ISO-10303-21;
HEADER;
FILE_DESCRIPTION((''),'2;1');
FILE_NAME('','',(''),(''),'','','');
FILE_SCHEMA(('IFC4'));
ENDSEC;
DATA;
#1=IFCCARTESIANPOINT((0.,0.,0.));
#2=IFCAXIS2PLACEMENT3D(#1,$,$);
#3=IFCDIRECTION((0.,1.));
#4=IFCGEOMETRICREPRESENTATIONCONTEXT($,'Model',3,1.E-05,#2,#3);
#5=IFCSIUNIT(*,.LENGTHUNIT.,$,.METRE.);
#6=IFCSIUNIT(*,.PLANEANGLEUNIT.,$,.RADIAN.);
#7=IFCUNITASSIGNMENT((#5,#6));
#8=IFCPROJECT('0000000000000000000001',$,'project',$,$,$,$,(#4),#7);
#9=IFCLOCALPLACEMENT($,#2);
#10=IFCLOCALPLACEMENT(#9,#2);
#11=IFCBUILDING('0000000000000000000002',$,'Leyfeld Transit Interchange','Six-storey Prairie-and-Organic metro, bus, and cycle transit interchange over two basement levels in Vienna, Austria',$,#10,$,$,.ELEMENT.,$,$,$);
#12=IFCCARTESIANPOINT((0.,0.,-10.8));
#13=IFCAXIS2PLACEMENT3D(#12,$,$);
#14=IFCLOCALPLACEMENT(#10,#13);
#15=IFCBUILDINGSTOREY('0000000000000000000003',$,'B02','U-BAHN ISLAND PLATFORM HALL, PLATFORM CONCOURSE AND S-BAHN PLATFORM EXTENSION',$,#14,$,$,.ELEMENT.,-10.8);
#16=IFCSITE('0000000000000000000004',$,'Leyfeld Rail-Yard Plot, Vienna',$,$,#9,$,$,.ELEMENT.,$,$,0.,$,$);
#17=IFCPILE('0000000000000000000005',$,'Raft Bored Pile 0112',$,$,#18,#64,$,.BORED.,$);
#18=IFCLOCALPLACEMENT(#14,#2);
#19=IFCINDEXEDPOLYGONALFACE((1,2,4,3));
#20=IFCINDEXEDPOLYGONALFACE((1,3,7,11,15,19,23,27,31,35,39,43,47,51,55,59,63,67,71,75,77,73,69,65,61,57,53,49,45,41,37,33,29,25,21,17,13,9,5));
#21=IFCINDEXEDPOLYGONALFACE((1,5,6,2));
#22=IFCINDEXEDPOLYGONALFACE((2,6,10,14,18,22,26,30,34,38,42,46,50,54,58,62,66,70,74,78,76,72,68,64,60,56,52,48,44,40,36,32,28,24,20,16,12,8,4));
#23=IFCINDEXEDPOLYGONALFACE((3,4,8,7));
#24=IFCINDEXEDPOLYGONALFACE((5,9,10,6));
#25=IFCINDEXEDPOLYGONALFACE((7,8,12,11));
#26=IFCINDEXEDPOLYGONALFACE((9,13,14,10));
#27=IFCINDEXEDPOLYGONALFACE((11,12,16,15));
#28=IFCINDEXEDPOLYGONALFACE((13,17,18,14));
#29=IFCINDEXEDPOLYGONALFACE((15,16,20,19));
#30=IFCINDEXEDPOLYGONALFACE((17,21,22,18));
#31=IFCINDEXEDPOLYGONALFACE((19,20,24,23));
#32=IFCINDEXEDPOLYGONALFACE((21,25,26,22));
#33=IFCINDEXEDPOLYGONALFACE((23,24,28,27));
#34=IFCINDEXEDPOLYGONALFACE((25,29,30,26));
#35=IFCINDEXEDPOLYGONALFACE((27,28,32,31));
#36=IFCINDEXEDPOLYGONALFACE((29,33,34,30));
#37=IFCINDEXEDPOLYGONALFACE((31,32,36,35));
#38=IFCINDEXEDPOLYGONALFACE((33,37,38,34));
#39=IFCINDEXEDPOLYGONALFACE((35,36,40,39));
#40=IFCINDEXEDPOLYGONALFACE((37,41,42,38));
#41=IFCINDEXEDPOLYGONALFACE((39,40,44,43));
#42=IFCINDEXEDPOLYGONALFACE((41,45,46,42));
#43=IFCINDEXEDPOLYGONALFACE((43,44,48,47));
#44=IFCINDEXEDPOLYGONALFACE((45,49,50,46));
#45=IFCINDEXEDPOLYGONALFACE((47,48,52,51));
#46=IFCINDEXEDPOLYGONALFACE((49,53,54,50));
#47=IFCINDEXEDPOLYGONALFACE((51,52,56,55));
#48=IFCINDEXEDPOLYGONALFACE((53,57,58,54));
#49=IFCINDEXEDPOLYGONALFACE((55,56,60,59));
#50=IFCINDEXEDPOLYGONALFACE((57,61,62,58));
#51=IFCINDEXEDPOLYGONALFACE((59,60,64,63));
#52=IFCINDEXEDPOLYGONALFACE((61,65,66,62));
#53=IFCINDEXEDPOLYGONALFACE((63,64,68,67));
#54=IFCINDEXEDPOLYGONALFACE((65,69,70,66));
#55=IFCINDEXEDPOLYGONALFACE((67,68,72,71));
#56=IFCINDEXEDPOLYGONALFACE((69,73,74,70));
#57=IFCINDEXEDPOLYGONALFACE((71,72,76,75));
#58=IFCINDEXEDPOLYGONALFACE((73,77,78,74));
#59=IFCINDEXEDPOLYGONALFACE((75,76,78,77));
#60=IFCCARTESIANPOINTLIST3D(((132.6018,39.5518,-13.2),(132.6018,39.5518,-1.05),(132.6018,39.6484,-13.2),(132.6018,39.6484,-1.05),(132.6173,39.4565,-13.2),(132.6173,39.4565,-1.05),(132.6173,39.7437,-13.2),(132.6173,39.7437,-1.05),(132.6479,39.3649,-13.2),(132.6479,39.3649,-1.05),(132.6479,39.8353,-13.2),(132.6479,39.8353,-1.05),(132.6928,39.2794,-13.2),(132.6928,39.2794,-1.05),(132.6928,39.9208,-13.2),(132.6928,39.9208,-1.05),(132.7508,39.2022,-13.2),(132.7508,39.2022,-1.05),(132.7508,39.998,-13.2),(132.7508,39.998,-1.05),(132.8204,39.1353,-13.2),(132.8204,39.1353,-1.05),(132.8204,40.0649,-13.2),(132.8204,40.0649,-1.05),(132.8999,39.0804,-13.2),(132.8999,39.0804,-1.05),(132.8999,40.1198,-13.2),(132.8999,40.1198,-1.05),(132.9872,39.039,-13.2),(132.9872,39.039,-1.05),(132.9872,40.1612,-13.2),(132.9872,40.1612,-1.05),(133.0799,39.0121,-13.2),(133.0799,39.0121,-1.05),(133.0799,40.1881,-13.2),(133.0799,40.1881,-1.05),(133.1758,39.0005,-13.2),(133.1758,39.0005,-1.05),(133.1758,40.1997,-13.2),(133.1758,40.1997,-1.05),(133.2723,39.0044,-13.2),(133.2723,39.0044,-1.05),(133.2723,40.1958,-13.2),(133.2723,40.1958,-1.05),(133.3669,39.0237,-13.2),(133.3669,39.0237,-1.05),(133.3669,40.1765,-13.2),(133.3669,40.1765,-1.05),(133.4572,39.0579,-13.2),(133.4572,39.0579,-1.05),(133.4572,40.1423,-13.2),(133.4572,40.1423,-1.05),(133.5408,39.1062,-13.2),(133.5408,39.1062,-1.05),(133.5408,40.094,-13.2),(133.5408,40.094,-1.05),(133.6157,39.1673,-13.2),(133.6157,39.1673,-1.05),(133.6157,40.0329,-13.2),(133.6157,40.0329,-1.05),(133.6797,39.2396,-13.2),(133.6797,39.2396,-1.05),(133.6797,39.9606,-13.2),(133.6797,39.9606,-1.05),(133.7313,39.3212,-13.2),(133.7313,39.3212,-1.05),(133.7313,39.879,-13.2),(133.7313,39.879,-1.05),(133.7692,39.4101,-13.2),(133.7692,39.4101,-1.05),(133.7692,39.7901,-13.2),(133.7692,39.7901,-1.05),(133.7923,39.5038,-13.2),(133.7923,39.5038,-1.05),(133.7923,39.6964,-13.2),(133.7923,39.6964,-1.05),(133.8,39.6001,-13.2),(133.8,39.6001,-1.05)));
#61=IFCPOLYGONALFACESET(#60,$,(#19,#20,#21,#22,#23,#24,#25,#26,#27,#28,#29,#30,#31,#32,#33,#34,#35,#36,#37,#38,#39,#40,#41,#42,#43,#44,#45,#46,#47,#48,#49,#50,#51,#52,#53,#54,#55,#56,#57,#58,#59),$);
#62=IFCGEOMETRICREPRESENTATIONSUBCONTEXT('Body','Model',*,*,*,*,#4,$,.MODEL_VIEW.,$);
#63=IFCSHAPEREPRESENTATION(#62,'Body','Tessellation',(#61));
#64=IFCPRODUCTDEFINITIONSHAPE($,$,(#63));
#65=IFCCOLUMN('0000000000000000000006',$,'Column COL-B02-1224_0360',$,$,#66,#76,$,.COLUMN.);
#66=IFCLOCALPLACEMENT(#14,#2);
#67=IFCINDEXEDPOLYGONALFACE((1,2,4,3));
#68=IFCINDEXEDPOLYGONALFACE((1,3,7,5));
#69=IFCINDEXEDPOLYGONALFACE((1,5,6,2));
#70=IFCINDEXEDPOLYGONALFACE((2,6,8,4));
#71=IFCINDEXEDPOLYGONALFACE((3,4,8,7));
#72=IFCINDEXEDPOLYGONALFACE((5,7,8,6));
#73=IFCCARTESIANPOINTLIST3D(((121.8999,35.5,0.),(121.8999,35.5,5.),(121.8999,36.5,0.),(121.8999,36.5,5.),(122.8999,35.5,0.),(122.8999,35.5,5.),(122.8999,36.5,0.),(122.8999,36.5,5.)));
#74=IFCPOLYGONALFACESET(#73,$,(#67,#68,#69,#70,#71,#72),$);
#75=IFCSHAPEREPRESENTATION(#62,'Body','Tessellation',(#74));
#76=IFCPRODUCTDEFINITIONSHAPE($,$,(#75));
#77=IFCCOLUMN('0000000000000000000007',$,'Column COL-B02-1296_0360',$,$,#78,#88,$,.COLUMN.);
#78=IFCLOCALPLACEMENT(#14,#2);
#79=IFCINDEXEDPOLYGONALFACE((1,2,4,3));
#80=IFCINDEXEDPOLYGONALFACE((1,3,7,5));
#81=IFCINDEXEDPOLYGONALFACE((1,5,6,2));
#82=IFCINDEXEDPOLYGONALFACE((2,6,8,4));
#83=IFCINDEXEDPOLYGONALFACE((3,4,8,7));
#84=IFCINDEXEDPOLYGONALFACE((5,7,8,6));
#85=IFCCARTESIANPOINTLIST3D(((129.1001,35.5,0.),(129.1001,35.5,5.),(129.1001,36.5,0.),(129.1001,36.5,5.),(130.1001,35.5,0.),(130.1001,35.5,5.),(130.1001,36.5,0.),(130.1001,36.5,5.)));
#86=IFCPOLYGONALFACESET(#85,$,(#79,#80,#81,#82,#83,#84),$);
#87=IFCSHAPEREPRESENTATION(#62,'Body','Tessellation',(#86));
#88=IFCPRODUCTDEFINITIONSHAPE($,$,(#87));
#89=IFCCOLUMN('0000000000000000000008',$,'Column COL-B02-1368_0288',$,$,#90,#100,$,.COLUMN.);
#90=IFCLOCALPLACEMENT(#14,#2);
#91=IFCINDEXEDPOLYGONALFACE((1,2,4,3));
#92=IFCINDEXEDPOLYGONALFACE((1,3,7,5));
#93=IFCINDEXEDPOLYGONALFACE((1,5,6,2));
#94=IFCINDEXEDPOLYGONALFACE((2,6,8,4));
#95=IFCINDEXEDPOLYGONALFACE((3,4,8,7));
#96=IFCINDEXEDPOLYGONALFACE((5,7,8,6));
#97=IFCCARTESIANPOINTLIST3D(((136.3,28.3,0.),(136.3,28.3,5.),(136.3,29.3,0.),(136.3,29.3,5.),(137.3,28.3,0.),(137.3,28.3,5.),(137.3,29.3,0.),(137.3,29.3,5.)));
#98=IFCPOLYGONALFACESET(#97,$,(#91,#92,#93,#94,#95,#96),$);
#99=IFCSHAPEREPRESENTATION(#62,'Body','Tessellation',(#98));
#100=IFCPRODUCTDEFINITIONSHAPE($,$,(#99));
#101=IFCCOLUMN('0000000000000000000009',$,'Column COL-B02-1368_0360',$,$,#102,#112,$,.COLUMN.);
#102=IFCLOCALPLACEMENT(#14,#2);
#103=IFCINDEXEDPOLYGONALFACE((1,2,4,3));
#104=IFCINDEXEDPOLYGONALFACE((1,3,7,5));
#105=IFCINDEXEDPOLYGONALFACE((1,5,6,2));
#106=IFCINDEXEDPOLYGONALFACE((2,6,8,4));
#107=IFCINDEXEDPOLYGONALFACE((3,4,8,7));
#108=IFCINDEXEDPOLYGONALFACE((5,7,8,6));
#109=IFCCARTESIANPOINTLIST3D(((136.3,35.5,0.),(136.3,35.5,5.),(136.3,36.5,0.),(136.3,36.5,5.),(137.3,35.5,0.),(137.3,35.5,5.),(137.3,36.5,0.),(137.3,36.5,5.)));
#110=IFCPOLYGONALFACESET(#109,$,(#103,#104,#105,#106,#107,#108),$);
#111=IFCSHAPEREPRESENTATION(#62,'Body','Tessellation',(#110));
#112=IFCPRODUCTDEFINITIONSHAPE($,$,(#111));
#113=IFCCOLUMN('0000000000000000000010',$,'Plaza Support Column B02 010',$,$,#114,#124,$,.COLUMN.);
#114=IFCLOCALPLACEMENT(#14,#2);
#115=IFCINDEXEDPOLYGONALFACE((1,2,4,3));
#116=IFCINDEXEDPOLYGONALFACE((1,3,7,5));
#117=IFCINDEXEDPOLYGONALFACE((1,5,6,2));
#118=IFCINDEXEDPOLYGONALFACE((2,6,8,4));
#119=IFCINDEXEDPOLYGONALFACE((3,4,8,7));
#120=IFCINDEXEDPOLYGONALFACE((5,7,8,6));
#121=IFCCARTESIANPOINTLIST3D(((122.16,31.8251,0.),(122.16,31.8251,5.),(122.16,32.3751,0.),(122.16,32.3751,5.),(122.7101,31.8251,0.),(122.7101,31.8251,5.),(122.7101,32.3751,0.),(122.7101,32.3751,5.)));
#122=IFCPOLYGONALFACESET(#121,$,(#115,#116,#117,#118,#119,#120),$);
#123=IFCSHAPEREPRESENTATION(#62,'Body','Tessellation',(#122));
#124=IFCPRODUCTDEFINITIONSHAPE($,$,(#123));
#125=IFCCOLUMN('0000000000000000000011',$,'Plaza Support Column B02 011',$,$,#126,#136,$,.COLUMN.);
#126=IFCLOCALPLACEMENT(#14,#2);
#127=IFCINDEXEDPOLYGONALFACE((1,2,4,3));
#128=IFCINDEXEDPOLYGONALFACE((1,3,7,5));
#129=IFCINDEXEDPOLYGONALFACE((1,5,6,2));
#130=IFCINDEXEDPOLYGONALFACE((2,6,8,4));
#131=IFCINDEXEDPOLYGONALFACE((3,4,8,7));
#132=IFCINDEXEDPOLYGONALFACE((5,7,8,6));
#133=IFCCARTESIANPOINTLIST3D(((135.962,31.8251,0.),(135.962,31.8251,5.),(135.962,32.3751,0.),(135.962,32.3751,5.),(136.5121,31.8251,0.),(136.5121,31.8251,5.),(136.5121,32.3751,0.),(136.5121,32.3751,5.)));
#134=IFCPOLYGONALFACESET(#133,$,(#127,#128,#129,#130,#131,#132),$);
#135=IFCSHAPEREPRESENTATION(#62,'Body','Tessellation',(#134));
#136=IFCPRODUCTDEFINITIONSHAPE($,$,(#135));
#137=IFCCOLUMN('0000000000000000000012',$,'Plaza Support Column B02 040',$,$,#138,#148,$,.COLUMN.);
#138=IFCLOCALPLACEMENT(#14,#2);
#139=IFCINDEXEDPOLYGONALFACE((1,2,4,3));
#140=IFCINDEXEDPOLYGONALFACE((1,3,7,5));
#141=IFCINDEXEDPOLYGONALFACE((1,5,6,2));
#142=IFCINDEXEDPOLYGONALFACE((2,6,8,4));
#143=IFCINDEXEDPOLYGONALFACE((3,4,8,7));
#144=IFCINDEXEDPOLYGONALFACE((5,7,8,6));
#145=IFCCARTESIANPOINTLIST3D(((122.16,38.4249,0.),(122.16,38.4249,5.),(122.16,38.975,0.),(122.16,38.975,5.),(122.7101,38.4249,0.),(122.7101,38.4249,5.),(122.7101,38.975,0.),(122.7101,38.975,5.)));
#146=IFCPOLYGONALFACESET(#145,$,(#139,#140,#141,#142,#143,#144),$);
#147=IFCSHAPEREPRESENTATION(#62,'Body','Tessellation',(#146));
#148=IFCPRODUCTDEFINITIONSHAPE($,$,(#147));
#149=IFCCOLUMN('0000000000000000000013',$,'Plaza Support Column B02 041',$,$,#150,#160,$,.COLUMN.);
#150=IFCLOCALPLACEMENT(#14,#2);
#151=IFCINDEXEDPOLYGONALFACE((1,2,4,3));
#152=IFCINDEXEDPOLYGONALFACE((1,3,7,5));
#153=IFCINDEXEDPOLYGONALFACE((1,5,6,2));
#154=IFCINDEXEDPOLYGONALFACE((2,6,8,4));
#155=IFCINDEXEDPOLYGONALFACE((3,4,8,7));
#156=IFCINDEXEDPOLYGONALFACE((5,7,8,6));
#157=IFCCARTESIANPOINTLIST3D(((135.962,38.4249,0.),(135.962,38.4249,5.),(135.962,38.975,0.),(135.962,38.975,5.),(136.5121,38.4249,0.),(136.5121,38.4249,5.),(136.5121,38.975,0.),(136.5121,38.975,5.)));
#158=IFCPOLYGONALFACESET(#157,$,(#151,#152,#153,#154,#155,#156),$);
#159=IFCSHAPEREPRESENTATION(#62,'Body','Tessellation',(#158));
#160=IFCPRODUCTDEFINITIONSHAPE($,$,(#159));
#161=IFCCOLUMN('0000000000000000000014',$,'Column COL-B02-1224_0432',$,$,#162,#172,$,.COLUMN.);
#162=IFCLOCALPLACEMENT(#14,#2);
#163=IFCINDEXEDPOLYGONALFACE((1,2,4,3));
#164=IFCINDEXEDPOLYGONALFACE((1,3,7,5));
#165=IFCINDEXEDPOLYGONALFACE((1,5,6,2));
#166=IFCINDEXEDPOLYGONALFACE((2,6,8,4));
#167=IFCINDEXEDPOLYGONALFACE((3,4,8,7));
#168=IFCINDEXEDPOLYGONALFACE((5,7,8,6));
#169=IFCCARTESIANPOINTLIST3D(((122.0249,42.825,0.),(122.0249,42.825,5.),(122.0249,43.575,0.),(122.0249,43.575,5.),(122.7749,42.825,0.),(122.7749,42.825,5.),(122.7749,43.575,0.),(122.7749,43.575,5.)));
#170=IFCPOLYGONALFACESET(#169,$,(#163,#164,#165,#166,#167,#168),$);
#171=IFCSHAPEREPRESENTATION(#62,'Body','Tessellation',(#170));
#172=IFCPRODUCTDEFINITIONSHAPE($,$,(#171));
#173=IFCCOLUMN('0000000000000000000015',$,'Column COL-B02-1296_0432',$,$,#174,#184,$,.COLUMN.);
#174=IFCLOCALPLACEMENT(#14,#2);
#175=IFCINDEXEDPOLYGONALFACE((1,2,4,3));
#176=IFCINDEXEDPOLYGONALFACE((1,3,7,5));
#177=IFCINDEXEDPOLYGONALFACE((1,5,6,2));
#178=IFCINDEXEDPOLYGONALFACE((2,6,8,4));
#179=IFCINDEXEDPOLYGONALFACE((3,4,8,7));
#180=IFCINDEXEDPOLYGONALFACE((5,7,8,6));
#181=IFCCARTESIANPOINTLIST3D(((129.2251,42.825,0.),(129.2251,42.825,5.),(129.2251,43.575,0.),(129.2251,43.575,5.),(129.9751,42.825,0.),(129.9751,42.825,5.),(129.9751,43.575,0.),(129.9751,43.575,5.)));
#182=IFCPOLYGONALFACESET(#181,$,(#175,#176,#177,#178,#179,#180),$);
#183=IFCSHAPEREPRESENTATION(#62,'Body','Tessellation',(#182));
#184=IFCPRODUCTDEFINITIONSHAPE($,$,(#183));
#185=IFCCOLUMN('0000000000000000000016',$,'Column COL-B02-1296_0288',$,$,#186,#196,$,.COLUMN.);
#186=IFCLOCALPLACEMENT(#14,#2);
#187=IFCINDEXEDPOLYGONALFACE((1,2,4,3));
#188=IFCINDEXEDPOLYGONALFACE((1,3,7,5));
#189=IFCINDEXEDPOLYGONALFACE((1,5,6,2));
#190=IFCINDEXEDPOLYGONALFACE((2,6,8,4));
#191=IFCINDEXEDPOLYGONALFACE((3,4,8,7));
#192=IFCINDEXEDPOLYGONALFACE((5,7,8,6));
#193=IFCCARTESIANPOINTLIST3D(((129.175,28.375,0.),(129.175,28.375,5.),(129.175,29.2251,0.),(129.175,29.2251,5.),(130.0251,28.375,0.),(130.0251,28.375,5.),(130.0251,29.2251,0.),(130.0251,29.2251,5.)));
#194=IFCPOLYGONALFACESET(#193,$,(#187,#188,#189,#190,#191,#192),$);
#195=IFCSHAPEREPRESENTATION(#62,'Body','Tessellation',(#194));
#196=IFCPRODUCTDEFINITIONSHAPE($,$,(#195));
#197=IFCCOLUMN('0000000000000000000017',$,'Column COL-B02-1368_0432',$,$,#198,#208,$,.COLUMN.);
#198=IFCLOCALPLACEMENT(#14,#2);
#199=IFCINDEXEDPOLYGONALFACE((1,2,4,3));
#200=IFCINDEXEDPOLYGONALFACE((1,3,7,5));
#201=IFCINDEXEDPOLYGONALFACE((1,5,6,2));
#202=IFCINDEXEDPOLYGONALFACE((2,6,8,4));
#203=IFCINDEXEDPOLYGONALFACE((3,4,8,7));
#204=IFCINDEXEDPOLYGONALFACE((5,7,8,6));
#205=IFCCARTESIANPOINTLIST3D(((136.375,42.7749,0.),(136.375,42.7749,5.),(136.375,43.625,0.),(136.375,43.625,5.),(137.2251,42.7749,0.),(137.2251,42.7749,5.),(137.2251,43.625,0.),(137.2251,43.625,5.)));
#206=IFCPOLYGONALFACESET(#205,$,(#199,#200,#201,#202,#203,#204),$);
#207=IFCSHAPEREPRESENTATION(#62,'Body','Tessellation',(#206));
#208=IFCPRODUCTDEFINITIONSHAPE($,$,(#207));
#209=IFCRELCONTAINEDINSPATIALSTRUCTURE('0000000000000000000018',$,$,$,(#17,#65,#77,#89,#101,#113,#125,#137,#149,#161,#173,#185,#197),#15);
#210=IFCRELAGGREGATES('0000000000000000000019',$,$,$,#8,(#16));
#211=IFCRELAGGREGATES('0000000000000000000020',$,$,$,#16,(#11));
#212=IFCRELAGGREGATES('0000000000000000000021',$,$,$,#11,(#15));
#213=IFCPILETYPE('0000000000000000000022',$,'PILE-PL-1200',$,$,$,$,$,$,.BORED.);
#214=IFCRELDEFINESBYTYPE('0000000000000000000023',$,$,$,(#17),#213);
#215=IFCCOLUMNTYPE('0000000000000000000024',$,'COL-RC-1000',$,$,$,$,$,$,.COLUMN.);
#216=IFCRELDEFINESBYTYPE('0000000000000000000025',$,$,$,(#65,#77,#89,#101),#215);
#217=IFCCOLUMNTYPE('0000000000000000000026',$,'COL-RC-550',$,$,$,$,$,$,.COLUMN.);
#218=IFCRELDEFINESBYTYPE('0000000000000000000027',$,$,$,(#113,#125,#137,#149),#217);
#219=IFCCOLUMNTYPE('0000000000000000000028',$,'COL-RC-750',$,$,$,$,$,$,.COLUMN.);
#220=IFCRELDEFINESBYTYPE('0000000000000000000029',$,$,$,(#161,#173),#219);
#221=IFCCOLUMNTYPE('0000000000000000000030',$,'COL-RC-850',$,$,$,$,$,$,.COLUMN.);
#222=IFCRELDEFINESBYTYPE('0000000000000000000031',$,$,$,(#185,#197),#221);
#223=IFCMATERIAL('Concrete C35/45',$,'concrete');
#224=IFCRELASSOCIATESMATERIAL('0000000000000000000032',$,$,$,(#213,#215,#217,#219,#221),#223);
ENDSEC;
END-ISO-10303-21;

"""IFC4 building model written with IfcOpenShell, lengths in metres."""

from ifc_helpers import new_model, si_unit, direction, frame, origin, origin_2d, place, context, subcontext, project, spatial, rectangle, circle, extrude, material, material_profile, profile_set, type_object, element, save


model = new_model("IFC4")

# Units and contexts
model_context = context("Model", 3, precision=1e-05, world=origin(), true_north=direction((0.0, 1.0)))
body_context = subcontext(model_context, "Body", "Model", "MODEL_VIEW")
ifc_project = project(units=[si_unit("LENGTHUNIT", "METRE"), si_unit("PLANEANGLEUNIT", "RADIAN")], contexts=[model_context])

# Site, building, storey
site_placement = place(None, origin())
site = spatial("IfcSite", under=ifc_project, at=site_placement, Name="Leyfeld Rail-Yard Plot, Vienna", CompositionType="ELEMENT", RefElevation=0.0)
building_placement = place(site_placement, origin())
building = spatial("IfcBuilding", under=site, at=building_placement, Name="Leyfeld Transit Interchange", Description="Six-storey Prairie-and-Organic metro, bus, and cycle transit interchange over two basement levels in Vienna, Austria", CompositionType="ELEMENT")
storey_placement = place(building_placement, frame((0.0, 0.0, -10.8)))
storey = spatial("IfcBuildingStorey", under=building, at=storey_placement, Name="B02", Description="U-BAHN ISLAND PLATFORM HALL, PLATFORM CONCOURSE AND S-BAHN PLATFORM EXTENSION", CompositionType="ELEMENT", Elevation=-10.8)

# Pile
ifc_material = material(Name="Concrete C35/45", Category="concrete")
ifc_material_profile_1 = material_profile(ifc_material, circle(Radius=0.6001, at=origin_2d()), Name="PILE D1200")
ifc_profile_set_1 = profile_set([ifc_material_profile_1], Name="Concrete C35/45")
pile_type = type_object("IfcPileType", Name="PILE-PL-1200", PredefinedType="BORED", material=ifc_profile_set_1)
for number, where, z_axis, x_axis, name in (
    (1, (133.2, 39.6001, -1.05), (0.0, 0.0, -1.0), (1.0, 0.0, 0.0), "Raft Bored Pile 0112"),
):
    element("IfcPile", number, at=place(storey_placement, frame(where, z_axis=z_axis, x_axis=x_axis)), inside=storey, type_object=pile_type, Name=name, PredefinedType="BORED", context=body_context, shape_type="SweptSolid", body=[
        extrude(circle(Radius=0.6001, at=origin_2d()), origin(), (0.0, 0.0, 1.0), 12.1499),
    ])

# Columns
ifc_material_profile_2 = material_profile(ifc_material, rectangle(XDim=1.0, YDim=1.0, at=origin_2d()), Name="RC 1000x1000")
ifc_profile_set_2 = profile_set([ifc_material_profile_2], Name="Concrete C35/45")
column_type_1 = type_object("IfcColumnType", Name="COL-RC-1000", PredefinedType="COLUMN", material=ifc_profile_set_2)
for number, where, z_axis, x_axis, name in (
    (2, (122.3999, 36.0, 0.0), (0.0, 0.0, 1.0), (1.0, 0.0, 0.0), "Column COL-B02-1224_0360"),
    (3, (129.6001, 36.0, 0.0), (0.0, 0.0, 1.0), (1.0, 0.0, 0.0), "Column COL-B02-1296_0360"),
    (4, (136.8, 28.8, 0.0), (0.0, 0.0, 1.0), (1.0, 0.0, 0.0), "Column COL-B02-1368_0288"),
    (5, (136.8, 36.0, 0.0), (0.0, 0.0, 1.0), (1.0, 0.0, 0.0), "Column COL-B02-1368_0360"),
):
    element("IfcColumn", number, at=place(storey_placement, frame(where, z_axis=z_axis, x_axis=x_axis)), inside=storey, type_object=column_type_1, Name=name, PredefinedType="COLUMN", context=body_context, shape_type="SweptSolid", body=[
        extrude(rectangle(XDim=1.0, YDim=1.0, at=origin_2d()), origin(), (0.0, 0.0, 1.0), 5.0),
    ])
ifc_material_profile_3 = material_profile(ifc_material, rectangle(XDim=0.55, YDim=0.55, at=origin_2d()), Name="RC 550x550")
ifc_profile_set_3 = profile_set([ifc_material_profile_3], Name="Concrete C35/45")
column_type_2 = type_object("IfcColumnType", Name="COL-RC-550", PredefinedType="COLUMN", material=ifc_profile_set_3)
for number, where, z_axis, x_axis, name in (
    (6, (122.4351, 32.1001, 0.0), (0.0, 0.0, 1.0), (1.0, 0.0, 0.0), "Plaza Support Column B02 010"),
    (7, (136.2371, 32.1001, 0.0), (0.0, 0.0, 1.0), (1.0, 0.0, 0.0), "Plaza Support Column B02 011"),
    (8, (122.4351, 38.7, 0.0), (0.0, 0.0, 1.0), (1.0, 0.0, 0.0), "Plaza Support Column B02 040"),
    (9, (136.2371, 38.7, 0.0), (0.0, 0.0, 1.0), (1.0, 0.0, 0.0), "Plaza Support Column B02 041"),
):
    element("IfcColumn", number, at=place(storey_placement, frame(where, z_axis=z_axis, x_axis=x_axis)), inside=storey, type_object=column_type_2, Name=name, PredefinedType="COLUMN", context=body_context, shape_type="SweptSolid", body=[
        extrude(rectangle(XDim=0.55, YDim=0.55, at=origin_2d()), origin(), (0.0, 0.0, 1.0), 5.0),
    ])
ifc_material_profile_4 = material_profile(ifc_material, rectangle(XDim=0.75, YDim=0.75, at=origin_2d()), Name="RC 750x750")
ifc_profile_set_4 = profile_set([ifc_material_profile_4], Name="Concrete C35/45")
column_type_3 = type_object("IfcColumnType", Name="COL-RC-750", PredefinedType="COLUMN", material=ifc_profile_set_4)
for number, where, z_axis, x_axis, name in (
    (10, (122.3999, 43.2, 0.0), (0.0, 0.0, 1.0), (1.0, 0.0, 0.0), "Column COL-B02-1224_0432"),
    (11, (129.6001, 43.2, 0.0), (0.0, 0.0, 1.0), (1.0, 0.0, 0.0), "Column COL-B02-1296_0432"),
):
    element("IfcColumn", number, at=place(storey_placement, frame(where, z_axis=z_axis, x_axis=x_axis)), inside=storey, type_object=column_type_3, Name=name, PredefinedType="COLUMN", context=body_context, shape_type="SweptSolid", body=[
        extrude(rectangle(XDim=0.75, YDim=0.75, at=origin_2d()), origin(), (0.0, 0.0, 1.0), 5.0),
    ])
ifc_material_profile_5 = material_profile(ifc_material, rectangle(XDim=0.8501, YDim=0.8501, at=origin_2d()), Name="RC 850x850")
ifc_profile_set_5 = profile_set([ifc_material_profile_5], Name="Concrete C35/45")
column_type_4 = type_object("IfcColumnType", Name="COL-RC-850", PredefinedType="COLUMN", material=ifc_profile_set_5)
for number, where, z_axis, x_axis, name in (
    (12, (129.6001, 28.8, 0.0), (0.0, 0.0, 1.0), (1.0, 0.0, 0.0), "Column COL-B02-1296_0288"),
    (13, (136.8, 43.2, 0.0), (0.0, 0.0, 1.0), (1.0, 0.0, 0.0), "Column COL-B02-1368_0432"),
):
    element("IfcColumn", number, at=place(storey_placement, frame(where, z_axis=z_axis, x_axis=x_axis)), inside=storey, type_object=column_type_4, Name=name, PredefinedType="COLUMN", context=body_context, shape_type="SweptSolid", body=[
        extrude(rectangle(XDim=0.8501, YDim=0.8501, at=origin_2d()), origin(), (0.0, 0.0, 1.0), 5.0),
    ])

save(model, "model.ifc")
